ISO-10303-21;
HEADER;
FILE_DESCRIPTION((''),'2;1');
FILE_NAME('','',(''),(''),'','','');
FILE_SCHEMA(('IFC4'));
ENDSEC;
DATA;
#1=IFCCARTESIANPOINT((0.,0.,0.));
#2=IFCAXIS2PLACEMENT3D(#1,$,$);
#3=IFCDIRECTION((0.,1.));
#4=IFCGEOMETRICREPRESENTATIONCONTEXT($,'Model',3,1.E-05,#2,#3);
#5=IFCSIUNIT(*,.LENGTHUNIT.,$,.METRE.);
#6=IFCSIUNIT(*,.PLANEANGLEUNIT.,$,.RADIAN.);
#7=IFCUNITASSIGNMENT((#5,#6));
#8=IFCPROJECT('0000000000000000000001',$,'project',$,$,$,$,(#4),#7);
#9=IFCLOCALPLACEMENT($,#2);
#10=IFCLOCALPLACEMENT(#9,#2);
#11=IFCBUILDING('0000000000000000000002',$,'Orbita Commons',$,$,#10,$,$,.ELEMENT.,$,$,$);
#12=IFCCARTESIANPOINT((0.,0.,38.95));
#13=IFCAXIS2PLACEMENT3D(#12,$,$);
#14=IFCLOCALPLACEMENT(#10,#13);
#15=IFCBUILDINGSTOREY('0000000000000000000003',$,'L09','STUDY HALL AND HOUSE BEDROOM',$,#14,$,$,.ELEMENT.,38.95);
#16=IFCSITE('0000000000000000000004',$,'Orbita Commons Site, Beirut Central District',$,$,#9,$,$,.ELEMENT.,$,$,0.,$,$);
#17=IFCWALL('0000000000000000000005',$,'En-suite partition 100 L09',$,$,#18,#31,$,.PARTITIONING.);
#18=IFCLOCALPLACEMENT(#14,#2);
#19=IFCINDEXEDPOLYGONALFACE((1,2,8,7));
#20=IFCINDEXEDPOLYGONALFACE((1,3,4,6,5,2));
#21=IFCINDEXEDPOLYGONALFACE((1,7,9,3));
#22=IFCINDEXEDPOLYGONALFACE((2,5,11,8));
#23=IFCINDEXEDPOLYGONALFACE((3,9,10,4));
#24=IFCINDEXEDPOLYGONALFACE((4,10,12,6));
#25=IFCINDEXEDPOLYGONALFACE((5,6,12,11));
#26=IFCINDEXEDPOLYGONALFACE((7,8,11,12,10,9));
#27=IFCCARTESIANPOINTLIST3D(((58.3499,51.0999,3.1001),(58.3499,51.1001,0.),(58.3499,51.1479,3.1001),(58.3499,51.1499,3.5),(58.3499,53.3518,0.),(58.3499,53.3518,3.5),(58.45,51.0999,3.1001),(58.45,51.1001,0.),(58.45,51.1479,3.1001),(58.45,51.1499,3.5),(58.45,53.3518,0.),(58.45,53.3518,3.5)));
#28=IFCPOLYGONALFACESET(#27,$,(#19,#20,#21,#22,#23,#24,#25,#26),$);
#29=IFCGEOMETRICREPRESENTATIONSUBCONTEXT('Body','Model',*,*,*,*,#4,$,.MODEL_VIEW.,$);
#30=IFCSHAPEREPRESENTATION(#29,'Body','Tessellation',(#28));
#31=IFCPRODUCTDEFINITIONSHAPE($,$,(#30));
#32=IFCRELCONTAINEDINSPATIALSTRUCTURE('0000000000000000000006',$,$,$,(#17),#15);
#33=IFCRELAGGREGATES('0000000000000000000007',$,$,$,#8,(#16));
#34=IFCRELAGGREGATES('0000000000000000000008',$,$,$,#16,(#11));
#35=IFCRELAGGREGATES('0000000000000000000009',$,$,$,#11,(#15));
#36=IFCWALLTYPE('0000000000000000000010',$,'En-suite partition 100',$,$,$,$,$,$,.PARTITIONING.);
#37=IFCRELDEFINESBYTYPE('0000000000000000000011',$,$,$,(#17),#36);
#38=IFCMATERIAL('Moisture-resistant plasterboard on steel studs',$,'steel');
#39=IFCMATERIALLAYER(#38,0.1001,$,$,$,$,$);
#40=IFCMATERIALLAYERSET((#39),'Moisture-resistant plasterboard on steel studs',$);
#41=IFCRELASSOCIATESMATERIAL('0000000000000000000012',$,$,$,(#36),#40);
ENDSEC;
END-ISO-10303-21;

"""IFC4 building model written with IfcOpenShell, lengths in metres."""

from ifc_helpers import new_model, si_unit, direction, frame, origin, place, context, subcontext, project, spatial, polyline, outline, extrude, material, layer, layer_set, type_object, element, save


model = new_model("IFC4")

# Units and contexts
model_context = context("Model", 3, precision=1e-05, world=origin(), true_north=direction((0.0, 1.0)))
body_context = subcontext(model_context, "Body", "Model", "MODEL_VIEW")
ifc_project = project(units=[si_unit("LENGTHUNIT", "METRE"), si_unit("PLANEANGLEUNIT", "RADIAN")], contexts=[model_context])

# Site, building, storey
site_placement = place(None, origin())
site = spatial("IfcSite", under=ifc_project, at=site_placement, Name="Orbita Commons Site, Beirut Central District", CompositionType="ELEMENT", RefElevation=0.0)
building_placement = place(site_placement, origin())
building = spatial("IfcBuilding", under=site, at=building_placement, Name="Orbita Commons", CompositionType="ELEMENT")
storey_placement = place(building_placement, frame((0.0, 0.0, 38.95)))
storey = spatial("IfcBuildingStorey", under=building, at=storey_placement, Name="L09", Description="STUDY HALL AND HOUSE BEDROOM", CompositionType="ELEMENT", Elevation=38.95)

# Shared definitions
ifc_material_1 = material(Name="Moisture-resistant plasterboard on steel studs", Category="steel")
ifc_layer_1 = layer(ifc_material_1, 0.1001)
ifc_layer_set_1 = layer_set([ifc_layer_1], Name="Moisture-resistant plasterboard on steel studs")
wall_type_1 = type_object("IfcWallType", Name="En-suite partition 100", PredefinedType="PARTITIONING", material=ifc_layer_set_1)

# Wall
wall_1_placement = place(storey_placement, frame((58.3999, 53.3518, 0.0), z_axis=(0.0, 0.0, 1.0), x_axis=(0.0, -1.0, 0.0)))
element("IfcWall", 1, at=wall_1_placement, inside=storey, type_object=wall_type_1, Name="En-suite partition 100 L09", PredefinedType="PARTITIONING", context=body_context, shape_type="SweptSolid", body=[
    extrude(outline(polyline([(0.0, 0.0), (2.2517, 0.0), (2.252, 3.1001), (2.2039, 3.1001), (2.2019, 3.5), (0.0, 3.5), (0.0, 0.0)])), frame((0.0, 0.05, 0.0), z_axis=(0.0, -1.0, 0.0), x_axis=(1.0, 0.0, 0.0)), (0.0, 0.0, 1.0), 0.1001),
])

save(model, "model.ifc")
